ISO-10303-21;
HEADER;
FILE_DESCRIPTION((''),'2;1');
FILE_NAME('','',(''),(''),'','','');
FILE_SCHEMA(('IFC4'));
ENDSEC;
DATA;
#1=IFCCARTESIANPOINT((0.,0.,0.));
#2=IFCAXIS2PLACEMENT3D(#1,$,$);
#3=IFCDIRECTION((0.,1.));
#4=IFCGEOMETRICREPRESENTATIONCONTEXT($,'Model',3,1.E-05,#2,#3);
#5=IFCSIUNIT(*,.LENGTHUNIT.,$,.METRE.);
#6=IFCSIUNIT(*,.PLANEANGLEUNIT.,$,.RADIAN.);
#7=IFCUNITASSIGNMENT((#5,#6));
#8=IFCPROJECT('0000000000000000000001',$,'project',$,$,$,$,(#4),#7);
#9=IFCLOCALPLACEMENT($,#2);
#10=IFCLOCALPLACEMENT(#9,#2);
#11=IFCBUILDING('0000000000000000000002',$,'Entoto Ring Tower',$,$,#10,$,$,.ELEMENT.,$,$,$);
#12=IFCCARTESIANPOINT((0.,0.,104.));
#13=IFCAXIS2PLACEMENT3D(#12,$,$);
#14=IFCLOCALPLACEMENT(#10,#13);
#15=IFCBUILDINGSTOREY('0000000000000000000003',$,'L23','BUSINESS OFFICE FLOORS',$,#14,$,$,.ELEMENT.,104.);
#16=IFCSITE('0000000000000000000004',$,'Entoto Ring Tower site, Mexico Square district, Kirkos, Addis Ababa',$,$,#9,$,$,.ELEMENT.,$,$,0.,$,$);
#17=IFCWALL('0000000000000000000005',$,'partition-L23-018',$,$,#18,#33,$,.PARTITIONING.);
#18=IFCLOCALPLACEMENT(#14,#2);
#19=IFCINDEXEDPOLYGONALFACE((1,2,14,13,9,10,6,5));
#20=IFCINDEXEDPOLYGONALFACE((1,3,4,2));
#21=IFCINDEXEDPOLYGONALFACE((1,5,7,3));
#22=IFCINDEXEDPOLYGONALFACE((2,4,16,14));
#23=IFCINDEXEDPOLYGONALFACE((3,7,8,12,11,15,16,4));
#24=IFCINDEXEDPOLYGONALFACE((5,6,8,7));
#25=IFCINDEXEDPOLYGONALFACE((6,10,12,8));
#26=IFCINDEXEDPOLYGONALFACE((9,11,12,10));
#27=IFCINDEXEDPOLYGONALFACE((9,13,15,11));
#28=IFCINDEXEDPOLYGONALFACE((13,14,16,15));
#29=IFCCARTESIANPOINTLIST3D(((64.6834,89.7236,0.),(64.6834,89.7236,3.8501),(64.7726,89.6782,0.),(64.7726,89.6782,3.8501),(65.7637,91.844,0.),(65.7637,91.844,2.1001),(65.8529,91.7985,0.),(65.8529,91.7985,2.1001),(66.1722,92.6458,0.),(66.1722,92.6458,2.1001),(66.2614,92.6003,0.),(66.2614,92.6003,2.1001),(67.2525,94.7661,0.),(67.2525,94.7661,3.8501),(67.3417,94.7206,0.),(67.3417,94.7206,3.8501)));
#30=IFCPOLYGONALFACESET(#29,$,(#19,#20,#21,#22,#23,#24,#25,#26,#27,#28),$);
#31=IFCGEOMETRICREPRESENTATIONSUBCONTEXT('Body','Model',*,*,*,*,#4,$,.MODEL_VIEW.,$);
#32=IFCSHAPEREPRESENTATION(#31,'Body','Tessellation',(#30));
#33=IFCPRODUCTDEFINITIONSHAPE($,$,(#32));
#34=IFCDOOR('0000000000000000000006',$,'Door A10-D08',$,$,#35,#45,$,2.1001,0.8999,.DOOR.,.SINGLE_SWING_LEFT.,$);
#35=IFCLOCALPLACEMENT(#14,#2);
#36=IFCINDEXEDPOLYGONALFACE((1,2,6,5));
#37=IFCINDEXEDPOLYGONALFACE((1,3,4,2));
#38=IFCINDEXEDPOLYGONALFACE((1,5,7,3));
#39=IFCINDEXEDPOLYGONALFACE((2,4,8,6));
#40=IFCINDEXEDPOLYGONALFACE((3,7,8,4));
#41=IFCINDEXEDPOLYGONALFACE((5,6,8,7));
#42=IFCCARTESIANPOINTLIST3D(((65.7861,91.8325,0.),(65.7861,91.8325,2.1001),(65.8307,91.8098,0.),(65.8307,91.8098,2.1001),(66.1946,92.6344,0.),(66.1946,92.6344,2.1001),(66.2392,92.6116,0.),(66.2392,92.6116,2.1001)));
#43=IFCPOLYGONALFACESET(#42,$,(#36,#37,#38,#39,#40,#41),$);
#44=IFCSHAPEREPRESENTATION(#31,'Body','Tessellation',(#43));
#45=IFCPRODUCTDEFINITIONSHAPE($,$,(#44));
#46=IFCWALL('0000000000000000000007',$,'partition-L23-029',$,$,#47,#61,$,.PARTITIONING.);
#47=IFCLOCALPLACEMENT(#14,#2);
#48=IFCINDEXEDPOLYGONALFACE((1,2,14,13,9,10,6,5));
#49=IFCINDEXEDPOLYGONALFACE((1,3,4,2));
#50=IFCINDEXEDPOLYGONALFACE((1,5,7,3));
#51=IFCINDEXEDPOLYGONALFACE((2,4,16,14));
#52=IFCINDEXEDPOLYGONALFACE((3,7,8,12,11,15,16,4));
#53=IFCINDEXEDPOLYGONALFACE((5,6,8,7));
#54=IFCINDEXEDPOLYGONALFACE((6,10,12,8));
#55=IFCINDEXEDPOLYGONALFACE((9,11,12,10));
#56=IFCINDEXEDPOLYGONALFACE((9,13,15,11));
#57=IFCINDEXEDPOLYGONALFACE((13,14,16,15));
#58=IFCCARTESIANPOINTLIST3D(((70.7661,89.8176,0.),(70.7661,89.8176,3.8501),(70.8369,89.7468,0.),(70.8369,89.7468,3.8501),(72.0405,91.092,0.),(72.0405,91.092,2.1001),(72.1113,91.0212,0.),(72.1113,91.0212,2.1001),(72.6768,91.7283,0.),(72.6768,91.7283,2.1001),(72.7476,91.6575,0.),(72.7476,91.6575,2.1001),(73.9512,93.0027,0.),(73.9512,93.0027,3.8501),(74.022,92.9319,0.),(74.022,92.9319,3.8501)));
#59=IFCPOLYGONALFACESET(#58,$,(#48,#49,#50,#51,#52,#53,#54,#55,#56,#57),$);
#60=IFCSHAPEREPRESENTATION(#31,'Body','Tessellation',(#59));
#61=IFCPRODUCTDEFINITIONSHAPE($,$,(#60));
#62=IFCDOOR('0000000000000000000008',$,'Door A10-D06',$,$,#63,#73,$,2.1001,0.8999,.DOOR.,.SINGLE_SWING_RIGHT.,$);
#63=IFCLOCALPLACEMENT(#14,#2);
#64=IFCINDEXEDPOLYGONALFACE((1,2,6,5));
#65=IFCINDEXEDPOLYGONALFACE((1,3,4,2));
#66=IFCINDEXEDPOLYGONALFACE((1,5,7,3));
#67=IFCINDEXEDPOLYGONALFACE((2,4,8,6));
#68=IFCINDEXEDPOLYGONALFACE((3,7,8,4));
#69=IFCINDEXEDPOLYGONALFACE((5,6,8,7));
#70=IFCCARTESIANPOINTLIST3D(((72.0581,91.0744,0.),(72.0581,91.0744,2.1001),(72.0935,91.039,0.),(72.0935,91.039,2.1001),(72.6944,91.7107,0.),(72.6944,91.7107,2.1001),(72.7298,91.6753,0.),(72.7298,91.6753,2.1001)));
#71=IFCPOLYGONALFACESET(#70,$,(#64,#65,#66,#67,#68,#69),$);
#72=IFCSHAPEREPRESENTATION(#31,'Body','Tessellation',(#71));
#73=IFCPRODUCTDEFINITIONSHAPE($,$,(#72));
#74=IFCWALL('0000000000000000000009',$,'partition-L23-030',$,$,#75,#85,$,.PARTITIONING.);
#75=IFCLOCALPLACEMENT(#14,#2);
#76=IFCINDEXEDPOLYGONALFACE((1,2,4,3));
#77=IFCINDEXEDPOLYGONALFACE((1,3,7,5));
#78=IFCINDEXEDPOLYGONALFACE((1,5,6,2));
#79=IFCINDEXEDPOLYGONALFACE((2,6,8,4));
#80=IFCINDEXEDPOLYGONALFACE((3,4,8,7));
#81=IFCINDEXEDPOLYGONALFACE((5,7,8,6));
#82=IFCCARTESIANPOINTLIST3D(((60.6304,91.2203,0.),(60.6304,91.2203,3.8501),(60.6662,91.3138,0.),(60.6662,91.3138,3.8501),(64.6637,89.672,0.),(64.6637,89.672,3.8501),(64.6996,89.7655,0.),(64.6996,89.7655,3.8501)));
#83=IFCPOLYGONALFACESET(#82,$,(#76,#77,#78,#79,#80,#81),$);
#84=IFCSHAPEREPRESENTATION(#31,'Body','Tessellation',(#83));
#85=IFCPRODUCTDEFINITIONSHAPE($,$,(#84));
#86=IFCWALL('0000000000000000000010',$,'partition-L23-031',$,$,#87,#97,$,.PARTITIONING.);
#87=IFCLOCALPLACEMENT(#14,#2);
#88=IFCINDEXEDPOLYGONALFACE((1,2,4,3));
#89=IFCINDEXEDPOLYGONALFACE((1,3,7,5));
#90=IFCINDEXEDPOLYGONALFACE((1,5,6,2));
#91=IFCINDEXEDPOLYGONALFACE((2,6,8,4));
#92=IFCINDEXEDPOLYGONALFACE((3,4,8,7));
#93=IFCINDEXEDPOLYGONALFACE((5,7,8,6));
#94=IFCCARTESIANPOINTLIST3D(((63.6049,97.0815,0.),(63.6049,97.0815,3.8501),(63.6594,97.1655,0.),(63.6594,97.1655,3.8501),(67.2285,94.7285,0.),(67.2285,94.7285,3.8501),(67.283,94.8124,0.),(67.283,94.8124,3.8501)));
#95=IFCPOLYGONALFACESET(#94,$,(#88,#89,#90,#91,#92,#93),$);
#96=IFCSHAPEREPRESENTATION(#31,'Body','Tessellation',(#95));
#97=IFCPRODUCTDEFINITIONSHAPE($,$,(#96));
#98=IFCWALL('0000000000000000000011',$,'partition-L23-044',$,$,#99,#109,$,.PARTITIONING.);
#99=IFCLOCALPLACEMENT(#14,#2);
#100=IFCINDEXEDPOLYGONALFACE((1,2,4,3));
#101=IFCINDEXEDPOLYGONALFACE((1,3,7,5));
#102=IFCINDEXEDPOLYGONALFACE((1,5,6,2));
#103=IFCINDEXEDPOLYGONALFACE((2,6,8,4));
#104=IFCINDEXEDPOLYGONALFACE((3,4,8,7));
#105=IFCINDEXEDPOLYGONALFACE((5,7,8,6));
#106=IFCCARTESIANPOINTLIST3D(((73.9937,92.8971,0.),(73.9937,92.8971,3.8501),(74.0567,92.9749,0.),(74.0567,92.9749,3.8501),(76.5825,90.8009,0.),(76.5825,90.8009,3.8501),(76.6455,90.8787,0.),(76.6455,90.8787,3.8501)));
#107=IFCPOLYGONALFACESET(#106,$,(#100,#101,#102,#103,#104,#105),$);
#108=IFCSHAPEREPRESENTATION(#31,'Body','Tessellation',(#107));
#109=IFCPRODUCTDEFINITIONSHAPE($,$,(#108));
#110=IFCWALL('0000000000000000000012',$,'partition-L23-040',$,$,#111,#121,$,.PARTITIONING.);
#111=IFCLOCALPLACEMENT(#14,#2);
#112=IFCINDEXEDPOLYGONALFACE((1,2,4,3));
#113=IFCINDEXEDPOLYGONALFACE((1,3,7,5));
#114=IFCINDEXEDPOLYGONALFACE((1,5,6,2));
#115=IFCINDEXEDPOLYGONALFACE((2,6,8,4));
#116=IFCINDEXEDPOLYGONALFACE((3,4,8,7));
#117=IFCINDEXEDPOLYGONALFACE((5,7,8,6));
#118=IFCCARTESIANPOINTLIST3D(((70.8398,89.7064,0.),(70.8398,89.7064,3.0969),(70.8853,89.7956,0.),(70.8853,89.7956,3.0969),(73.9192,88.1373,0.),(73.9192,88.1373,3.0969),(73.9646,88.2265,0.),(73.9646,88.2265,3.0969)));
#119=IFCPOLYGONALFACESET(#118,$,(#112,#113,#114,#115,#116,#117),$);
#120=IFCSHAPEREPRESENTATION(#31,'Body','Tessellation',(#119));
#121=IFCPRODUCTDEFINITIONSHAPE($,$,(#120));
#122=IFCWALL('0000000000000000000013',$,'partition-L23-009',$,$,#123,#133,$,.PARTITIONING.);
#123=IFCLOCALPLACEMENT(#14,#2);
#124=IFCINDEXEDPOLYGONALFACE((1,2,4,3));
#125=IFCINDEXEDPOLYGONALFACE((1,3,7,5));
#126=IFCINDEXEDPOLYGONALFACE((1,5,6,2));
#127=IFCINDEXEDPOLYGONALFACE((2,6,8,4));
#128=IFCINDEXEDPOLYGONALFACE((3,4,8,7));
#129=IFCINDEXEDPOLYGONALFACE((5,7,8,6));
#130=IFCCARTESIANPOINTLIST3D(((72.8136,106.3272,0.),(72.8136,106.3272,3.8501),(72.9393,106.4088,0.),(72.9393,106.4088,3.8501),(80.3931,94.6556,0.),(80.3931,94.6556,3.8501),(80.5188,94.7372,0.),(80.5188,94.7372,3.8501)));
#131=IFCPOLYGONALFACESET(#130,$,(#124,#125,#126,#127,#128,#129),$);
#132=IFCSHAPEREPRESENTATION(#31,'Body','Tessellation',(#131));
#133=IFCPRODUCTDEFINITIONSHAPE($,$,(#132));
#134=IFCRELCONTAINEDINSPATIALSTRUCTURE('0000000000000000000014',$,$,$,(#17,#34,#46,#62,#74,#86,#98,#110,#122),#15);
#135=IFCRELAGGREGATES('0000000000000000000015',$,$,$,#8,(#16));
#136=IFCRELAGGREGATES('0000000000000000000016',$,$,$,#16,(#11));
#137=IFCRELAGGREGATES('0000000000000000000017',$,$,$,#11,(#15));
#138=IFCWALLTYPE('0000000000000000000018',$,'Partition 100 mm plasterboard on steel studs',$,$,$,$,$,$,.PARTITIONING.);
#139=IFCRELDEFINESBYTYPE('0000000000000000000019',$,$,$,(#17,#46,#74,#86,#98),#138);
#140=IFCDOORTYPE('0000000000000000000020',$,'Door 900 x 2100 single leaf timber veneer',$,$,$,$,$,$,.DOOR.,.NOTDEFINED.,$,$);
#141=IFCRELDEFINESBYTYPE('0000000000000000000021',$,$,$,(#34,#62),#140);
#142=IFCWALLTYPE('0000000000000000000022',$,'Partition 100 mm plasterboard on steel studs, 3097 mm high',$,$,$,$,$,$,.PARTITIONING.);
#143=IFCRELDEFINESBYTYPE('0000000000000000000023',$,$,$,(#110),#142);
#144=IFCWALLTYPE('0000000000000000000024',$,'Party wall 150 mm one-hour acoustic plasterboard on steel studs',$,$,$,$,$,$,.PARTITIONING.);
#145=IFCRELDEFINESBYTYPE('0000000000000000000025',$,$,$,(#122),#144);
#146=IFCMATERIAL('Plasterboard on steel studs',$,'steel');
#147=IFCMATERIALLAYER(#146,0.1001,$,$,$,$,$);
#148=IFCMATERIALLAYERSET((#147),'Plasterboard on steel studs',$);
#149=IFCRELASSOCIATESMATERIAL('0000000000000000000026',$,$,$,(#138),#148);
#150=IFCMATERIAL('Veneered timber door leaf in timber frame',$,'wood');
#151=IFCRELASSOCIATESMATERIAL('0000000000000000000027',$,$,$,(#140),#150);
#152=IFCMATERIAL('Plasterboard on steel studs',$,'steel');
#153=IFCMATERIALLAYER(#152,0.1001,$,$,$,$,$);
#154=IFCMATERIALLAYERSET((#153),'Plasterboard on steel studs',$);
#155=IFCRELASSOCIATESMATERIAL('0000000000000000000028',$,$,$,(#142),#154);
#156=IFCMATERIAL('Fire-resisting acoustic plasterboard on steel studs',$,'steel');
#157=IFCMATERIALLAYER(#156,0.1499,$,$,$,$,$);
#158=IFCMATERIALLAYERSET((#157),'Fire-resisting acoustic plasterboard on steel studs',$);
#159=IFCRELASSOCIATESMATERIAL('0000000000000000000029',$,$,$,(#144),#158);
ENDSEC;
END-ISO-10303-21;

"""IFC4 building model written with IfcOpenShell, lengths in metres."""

from ifc_helpers import new_model, si_unit, direction, frame, frame_2d, origin, place, context, subcontext, project, spatial, rectangle, extrude, material, layer, layer_set, type_object, element, fill, save


model = new_model("IFC4")

# Units and contexts
model_context = context("Model", 3, precision=1e-05, world=origin(), true_north=direction((0.0, 1.0)))
body_context = subcontext(model_context, "Body", "Model", "MODEL_VIEW")
ifc_project = project(units=[si_unit("LENGTHUNIT", "METRE"), si_unit("PLANEANGLEUNIT", "RADIAN")], contexts=[model_context])

# Site, building, storey
site_placement = place(None, origin())
site = spatial("IfcSite", under=ifc_project, at=site_placement, Name="Entoto Ring Tower site, Mexico Square district, Kirkos, Addis Ababa", CompositionType="ELEMENT", RefElevation=0.0)
building_placement = place(site_placement, origin())
building = spatial("IfcBuilding", under=site, at=building_placement, Name="Entoto Ring Tower", CompositionType="ELEMENT")
storey_placement = place(building_placement, frame((0.0, 0.0, 104.0)))
storey = spatial("IfcBuildingStorey", under=building, at=storey_placement, Name="L23", Description="BUSINESS OFFICE FLOORS", CompositionType="ELEMENT", Elevation=104.0)

# Walls, openings, doors
ifc_material_1 = material(Name="Plasterboard on steel studs", Category="steel")
ifc_layer_1 = layer(ifc_material_1, 0.1001)
ifc_layer_set_1 = layer_set([ifc_layer_1], Name="Plasterboard on steel studs")
wall_type_1 = type_object("IfcWallType", Name="Partition 100 mm plasterboard on steel studs", PredefinedType="PARTITIONING", material=ifc_layer_set_1)
wall_1_placement = place(storey_placement, frame((64.728, 89.7009, 0.0), z_axis=(0.0, 0.0, 1.0), x_axis=(0.453965, 0.891019, 0.0)))
wall_1 = element("IfcWall", 1, at=wall_1_placement, inside=storey, type_object=wall_type_1, Name="partition-L23-018", PredefinedType="PARTITIONING", context=body_context, shape_type="SweptSolid", body=[
    extrude(rectangle(XDim=5.6592, YDim=0.1001, at=frame_2d((2.8296, 0.0))), origin(), (0.0, 0.0, 1.0), 3.8501),
])
opening_1_placement = place(wall_1_placement, frame((2.3796, 0.0, 0.0)))
opening_1 = element("IfcOpeningElement", 2, at=opening_1_placement, cuts=wall_1, PredefinedType="OPENING", context=body_context, shape_type="SweptSolid", body=[
    extrude(rectangle(XDim=0.8999, YDim=2.1001, at=frame_2d((0.45, 1.05))), frame((0.0, 0.0601, 0.0), z_axis=(0.0, -1.0, 0.0), x_axis=(1.0, 0.0, 0.0)), (0.0, 0.0, 1.0), 0.1201),
])
ifc_material_2 = material(Name="Veneered timber door leaf in timber frame", Category="wood")
door_type_1 = type_object("IfcDoorType", Name="Door 900 x 2100 single leaf timber veneer", OperationType="NOTDEFINED", PredefinedType="DOOR", material=ifc_material_2)
door_1_placement = place(opening_1_placement, origin())
door_1 = element("IfcDoor", 3, at=door_1_placement, inside=storey, type_object=door_type_1, Name="Door A10-D08", OperationType="SINGLE_SWING_LEFT", OverallHeight=2.1001, OverallWidth=0.8999, PredefinedType="DOOR", context=body_context, shape_type="SweptSolid", body=[
    extrude(rectangle(XDim=0.8999, YDim=2.1001, at=frame_2d((0.45, 1.05))), frame((0.0, 0.0249, 0.0), z_axis=(0.0, -1.0, 0.0), x_axis=(1.0, 0.0, 0.0)), (0.0, 0.0, 1.0), 0.05),
])
fill(opening_1, door_1)
wall_2_placement = place(storey_placement, frame((70.8015, 89.7822, 0.0), z_axis=(0.0, 0.0, 1.0), x_axis=(0.707107, 0.707107, 0.0)))
wall_2 = element("IfcWall", 4, at=wall_2_placement, inside=storey, type_object=wall_type_1, Name="partition-L23-029", PredefinedType="PARTITIONING", context=body_context, shape_type="SweptSolid", body=[
    extrude(rectangle(XDim=4.5044, YDim=0.1001, at=frame_2d((2.2522, 0.0))), origin(), (0.0, 0.0, 1.0), 3.8501),
])
opening_2_placement = place(wall_2_placement, frame((1.8022, 0.0, 0.0)))
opening_2 = element("IfcOpeningElement", 5, at=opening_2_placement, cuts=wall_2, PredefinedType="OPENING", context=body_context, shape_type="SweptSolid", body=[
    extrude(rectangle(XDim=0.8999, YDim=2.1001, at=frame_2d((0.45, 1.05))), frame((0.0, 0.0601, 0.0), z_axis=(0.0, -1.0, 0.0), x_axis=(1.0, 0.0, 0.0)), (0.0, 0.0, 1.0), 0.1201),
])
door_2_placement = place(opening_2_placement, frame((0.8999, 0.0, 0.0), z_axis=(0.0, 0.0, 1.0), x_axis=(-1.0, 0.0, 0.0)))
door_2 = element("IfcDoor", 6, at=door_2_placement, inside=storey, type_object=door_type_1, Name="Door A10-D06", OperationType="SINGLE_SWING_RIGHT", OverallHeight=2.1001, OverallWidth=0.8999, PredefinedType="DOOR", context=body_context, shape_type="SweptSolid", body=[
    extrude(rectangle(XDim=0.8999, YDim=2.1001, at=frame_2d((0.45, 1.05))), frame((0.0, 0.0249, 0.0), z_axis=(0.0, -1.0, 0.0), x_axis=(1.0, 0.0, 0.0)), (0.0, 0.0, 1.0), 0.05),
])
fill(opening_2, door_2)

# Walls
wall_3_placement = place(storey_placement, frame((64.6816, 89.7188, 0.0), z_axis=(0.0, 0.0, 1.0), x_axis=(-0.933577, 0.358377, 0.0)))
element("IfcWall", 7, at=wall_3_placement, inside=storey, type_object=wall_type_1, Name="partition-L23-030", PredefinedType="PARTITIONING", context=body_context, shape_type="SweptSolid", body=[
    extrude(rectangle(XDim=4.3203, YDim=0.1001, at=frame_2d((2.1602, 0.0))), origin(), (0.0, 0.0, 1.0), 3.8501),
])
wall_4_placement = place(storey_placement, frame((67.2556, 94.7705, 0.0), z_axis=(0.0, 0.0, 1.0), x_axis=(-0.838684, 0.544619, 0.0)))
element("IfcWall", 8, at=wall_4_placement, inside=storey, type_object=wall_type_1, Name="partition-L23-031", PredefinedType="PARTITIONING", context=body_context, shape_type="SweptSolid", body=[
    extrude(rectangle(XDim=4.3206, YDim=0.1001, at=frame_2d((2.1602, 0.0))), origin(), (0.0, 0.0, 1.0), 3.8501),
])
wall_5_placement = place(storey_placement, frame((76.614, 90.8398, 0.0), z_axis=(0.0, 0.0, 1.0), x_axis=(-0.77718, 0.629278, 0.0)))
element("IfcWall", 9, at=wall_5_placement, inside=storey, type_object=wall_type_1, Name="partition-L23-044", PredefinedType="PARTITIONING", context=body_context, shape_type="SweptSolid", body=[
    extrude(rectangle(XDim=3.3311, YDim=0.1001, at=frame_2d((1.6655, 0.0))), origin(), (0.0, 0.0, 1.0), 3.8501),
])
ifc_material_3 = material(Name="Plasterboard on steel studs", Category="steel")
ifc_layer_2 = layer(ifc_material_3, 0.1001)
ifc_layer_set_2 = layer_set([ifc_layer_2], Name="Plasterboard on steel studs")
wall_type_2 = type_object("IfcWallType", Name="Partition 100 mm plasterboard on steel studs, 3097 mm high", PredefinedType="PARTITIONING", material=ifc_layer_set_2)
wall_6_placement = place(storey_placement, frame((73.9419, 88.1819, 0.0), z_axis=(0.0, 0.0, 1.0), x_axis=(-0.890996, 0.45401, 0.0)))
element("IfcWall", 10, at=wall_6_placement, inside=storey, type_object=wall_type_2, Name="partition-L23-040", PredefinedType="PARTITIONING", context=body_context, shape_type="SweptSolid", body=[
    extrude(rectangle(XDim=3.4561, YDim=0.1001, at=frame_2d((1.728, 0.0))), origin(), (0.0, 0.0, 1.0), 3.0969),
])
ifc_material_4 = material(Name="Fire-resisting acoustic plasterboard on steel studs", Category="steel")
ifc_layer_3 = layer(ifc_material_4, 0.1499)
ifc_layer_set_3 = layer_set([ifc_layer_3], Name="Fire-resisting acoustic plasterboard on steel studs")
wall_type_3 = type_object("IfcWallType", Name="Party wall 150 mm one-hour acoustic plasterboard on steel studs", PredefinedType="PARTITIONING", material=ifc_layer_set_3)
wall_7_placement = place(storey_placement, frame((80.4561, 94.6963, 0.0), z_axis=(0.0, 0.0, 1.0), x_axis=(-0.544636, 0.838672, 0.0)))
element("IfcWall", 11, at=wall_7_placement, inside=storey, type_object=wall_type_3, Name="partition-L23-009", PredefinedType="PARTITIONING", context=body_context, shape_type="SweptSolid", body=[
    extrude(rectangle(XDim=13.9167, YDim=0.1499, at=frame_2d((6.9585, 0.0))), origin(), (0.0, 0.0, 1.0), 3.8501),
])

save(model, "model.ifc")
